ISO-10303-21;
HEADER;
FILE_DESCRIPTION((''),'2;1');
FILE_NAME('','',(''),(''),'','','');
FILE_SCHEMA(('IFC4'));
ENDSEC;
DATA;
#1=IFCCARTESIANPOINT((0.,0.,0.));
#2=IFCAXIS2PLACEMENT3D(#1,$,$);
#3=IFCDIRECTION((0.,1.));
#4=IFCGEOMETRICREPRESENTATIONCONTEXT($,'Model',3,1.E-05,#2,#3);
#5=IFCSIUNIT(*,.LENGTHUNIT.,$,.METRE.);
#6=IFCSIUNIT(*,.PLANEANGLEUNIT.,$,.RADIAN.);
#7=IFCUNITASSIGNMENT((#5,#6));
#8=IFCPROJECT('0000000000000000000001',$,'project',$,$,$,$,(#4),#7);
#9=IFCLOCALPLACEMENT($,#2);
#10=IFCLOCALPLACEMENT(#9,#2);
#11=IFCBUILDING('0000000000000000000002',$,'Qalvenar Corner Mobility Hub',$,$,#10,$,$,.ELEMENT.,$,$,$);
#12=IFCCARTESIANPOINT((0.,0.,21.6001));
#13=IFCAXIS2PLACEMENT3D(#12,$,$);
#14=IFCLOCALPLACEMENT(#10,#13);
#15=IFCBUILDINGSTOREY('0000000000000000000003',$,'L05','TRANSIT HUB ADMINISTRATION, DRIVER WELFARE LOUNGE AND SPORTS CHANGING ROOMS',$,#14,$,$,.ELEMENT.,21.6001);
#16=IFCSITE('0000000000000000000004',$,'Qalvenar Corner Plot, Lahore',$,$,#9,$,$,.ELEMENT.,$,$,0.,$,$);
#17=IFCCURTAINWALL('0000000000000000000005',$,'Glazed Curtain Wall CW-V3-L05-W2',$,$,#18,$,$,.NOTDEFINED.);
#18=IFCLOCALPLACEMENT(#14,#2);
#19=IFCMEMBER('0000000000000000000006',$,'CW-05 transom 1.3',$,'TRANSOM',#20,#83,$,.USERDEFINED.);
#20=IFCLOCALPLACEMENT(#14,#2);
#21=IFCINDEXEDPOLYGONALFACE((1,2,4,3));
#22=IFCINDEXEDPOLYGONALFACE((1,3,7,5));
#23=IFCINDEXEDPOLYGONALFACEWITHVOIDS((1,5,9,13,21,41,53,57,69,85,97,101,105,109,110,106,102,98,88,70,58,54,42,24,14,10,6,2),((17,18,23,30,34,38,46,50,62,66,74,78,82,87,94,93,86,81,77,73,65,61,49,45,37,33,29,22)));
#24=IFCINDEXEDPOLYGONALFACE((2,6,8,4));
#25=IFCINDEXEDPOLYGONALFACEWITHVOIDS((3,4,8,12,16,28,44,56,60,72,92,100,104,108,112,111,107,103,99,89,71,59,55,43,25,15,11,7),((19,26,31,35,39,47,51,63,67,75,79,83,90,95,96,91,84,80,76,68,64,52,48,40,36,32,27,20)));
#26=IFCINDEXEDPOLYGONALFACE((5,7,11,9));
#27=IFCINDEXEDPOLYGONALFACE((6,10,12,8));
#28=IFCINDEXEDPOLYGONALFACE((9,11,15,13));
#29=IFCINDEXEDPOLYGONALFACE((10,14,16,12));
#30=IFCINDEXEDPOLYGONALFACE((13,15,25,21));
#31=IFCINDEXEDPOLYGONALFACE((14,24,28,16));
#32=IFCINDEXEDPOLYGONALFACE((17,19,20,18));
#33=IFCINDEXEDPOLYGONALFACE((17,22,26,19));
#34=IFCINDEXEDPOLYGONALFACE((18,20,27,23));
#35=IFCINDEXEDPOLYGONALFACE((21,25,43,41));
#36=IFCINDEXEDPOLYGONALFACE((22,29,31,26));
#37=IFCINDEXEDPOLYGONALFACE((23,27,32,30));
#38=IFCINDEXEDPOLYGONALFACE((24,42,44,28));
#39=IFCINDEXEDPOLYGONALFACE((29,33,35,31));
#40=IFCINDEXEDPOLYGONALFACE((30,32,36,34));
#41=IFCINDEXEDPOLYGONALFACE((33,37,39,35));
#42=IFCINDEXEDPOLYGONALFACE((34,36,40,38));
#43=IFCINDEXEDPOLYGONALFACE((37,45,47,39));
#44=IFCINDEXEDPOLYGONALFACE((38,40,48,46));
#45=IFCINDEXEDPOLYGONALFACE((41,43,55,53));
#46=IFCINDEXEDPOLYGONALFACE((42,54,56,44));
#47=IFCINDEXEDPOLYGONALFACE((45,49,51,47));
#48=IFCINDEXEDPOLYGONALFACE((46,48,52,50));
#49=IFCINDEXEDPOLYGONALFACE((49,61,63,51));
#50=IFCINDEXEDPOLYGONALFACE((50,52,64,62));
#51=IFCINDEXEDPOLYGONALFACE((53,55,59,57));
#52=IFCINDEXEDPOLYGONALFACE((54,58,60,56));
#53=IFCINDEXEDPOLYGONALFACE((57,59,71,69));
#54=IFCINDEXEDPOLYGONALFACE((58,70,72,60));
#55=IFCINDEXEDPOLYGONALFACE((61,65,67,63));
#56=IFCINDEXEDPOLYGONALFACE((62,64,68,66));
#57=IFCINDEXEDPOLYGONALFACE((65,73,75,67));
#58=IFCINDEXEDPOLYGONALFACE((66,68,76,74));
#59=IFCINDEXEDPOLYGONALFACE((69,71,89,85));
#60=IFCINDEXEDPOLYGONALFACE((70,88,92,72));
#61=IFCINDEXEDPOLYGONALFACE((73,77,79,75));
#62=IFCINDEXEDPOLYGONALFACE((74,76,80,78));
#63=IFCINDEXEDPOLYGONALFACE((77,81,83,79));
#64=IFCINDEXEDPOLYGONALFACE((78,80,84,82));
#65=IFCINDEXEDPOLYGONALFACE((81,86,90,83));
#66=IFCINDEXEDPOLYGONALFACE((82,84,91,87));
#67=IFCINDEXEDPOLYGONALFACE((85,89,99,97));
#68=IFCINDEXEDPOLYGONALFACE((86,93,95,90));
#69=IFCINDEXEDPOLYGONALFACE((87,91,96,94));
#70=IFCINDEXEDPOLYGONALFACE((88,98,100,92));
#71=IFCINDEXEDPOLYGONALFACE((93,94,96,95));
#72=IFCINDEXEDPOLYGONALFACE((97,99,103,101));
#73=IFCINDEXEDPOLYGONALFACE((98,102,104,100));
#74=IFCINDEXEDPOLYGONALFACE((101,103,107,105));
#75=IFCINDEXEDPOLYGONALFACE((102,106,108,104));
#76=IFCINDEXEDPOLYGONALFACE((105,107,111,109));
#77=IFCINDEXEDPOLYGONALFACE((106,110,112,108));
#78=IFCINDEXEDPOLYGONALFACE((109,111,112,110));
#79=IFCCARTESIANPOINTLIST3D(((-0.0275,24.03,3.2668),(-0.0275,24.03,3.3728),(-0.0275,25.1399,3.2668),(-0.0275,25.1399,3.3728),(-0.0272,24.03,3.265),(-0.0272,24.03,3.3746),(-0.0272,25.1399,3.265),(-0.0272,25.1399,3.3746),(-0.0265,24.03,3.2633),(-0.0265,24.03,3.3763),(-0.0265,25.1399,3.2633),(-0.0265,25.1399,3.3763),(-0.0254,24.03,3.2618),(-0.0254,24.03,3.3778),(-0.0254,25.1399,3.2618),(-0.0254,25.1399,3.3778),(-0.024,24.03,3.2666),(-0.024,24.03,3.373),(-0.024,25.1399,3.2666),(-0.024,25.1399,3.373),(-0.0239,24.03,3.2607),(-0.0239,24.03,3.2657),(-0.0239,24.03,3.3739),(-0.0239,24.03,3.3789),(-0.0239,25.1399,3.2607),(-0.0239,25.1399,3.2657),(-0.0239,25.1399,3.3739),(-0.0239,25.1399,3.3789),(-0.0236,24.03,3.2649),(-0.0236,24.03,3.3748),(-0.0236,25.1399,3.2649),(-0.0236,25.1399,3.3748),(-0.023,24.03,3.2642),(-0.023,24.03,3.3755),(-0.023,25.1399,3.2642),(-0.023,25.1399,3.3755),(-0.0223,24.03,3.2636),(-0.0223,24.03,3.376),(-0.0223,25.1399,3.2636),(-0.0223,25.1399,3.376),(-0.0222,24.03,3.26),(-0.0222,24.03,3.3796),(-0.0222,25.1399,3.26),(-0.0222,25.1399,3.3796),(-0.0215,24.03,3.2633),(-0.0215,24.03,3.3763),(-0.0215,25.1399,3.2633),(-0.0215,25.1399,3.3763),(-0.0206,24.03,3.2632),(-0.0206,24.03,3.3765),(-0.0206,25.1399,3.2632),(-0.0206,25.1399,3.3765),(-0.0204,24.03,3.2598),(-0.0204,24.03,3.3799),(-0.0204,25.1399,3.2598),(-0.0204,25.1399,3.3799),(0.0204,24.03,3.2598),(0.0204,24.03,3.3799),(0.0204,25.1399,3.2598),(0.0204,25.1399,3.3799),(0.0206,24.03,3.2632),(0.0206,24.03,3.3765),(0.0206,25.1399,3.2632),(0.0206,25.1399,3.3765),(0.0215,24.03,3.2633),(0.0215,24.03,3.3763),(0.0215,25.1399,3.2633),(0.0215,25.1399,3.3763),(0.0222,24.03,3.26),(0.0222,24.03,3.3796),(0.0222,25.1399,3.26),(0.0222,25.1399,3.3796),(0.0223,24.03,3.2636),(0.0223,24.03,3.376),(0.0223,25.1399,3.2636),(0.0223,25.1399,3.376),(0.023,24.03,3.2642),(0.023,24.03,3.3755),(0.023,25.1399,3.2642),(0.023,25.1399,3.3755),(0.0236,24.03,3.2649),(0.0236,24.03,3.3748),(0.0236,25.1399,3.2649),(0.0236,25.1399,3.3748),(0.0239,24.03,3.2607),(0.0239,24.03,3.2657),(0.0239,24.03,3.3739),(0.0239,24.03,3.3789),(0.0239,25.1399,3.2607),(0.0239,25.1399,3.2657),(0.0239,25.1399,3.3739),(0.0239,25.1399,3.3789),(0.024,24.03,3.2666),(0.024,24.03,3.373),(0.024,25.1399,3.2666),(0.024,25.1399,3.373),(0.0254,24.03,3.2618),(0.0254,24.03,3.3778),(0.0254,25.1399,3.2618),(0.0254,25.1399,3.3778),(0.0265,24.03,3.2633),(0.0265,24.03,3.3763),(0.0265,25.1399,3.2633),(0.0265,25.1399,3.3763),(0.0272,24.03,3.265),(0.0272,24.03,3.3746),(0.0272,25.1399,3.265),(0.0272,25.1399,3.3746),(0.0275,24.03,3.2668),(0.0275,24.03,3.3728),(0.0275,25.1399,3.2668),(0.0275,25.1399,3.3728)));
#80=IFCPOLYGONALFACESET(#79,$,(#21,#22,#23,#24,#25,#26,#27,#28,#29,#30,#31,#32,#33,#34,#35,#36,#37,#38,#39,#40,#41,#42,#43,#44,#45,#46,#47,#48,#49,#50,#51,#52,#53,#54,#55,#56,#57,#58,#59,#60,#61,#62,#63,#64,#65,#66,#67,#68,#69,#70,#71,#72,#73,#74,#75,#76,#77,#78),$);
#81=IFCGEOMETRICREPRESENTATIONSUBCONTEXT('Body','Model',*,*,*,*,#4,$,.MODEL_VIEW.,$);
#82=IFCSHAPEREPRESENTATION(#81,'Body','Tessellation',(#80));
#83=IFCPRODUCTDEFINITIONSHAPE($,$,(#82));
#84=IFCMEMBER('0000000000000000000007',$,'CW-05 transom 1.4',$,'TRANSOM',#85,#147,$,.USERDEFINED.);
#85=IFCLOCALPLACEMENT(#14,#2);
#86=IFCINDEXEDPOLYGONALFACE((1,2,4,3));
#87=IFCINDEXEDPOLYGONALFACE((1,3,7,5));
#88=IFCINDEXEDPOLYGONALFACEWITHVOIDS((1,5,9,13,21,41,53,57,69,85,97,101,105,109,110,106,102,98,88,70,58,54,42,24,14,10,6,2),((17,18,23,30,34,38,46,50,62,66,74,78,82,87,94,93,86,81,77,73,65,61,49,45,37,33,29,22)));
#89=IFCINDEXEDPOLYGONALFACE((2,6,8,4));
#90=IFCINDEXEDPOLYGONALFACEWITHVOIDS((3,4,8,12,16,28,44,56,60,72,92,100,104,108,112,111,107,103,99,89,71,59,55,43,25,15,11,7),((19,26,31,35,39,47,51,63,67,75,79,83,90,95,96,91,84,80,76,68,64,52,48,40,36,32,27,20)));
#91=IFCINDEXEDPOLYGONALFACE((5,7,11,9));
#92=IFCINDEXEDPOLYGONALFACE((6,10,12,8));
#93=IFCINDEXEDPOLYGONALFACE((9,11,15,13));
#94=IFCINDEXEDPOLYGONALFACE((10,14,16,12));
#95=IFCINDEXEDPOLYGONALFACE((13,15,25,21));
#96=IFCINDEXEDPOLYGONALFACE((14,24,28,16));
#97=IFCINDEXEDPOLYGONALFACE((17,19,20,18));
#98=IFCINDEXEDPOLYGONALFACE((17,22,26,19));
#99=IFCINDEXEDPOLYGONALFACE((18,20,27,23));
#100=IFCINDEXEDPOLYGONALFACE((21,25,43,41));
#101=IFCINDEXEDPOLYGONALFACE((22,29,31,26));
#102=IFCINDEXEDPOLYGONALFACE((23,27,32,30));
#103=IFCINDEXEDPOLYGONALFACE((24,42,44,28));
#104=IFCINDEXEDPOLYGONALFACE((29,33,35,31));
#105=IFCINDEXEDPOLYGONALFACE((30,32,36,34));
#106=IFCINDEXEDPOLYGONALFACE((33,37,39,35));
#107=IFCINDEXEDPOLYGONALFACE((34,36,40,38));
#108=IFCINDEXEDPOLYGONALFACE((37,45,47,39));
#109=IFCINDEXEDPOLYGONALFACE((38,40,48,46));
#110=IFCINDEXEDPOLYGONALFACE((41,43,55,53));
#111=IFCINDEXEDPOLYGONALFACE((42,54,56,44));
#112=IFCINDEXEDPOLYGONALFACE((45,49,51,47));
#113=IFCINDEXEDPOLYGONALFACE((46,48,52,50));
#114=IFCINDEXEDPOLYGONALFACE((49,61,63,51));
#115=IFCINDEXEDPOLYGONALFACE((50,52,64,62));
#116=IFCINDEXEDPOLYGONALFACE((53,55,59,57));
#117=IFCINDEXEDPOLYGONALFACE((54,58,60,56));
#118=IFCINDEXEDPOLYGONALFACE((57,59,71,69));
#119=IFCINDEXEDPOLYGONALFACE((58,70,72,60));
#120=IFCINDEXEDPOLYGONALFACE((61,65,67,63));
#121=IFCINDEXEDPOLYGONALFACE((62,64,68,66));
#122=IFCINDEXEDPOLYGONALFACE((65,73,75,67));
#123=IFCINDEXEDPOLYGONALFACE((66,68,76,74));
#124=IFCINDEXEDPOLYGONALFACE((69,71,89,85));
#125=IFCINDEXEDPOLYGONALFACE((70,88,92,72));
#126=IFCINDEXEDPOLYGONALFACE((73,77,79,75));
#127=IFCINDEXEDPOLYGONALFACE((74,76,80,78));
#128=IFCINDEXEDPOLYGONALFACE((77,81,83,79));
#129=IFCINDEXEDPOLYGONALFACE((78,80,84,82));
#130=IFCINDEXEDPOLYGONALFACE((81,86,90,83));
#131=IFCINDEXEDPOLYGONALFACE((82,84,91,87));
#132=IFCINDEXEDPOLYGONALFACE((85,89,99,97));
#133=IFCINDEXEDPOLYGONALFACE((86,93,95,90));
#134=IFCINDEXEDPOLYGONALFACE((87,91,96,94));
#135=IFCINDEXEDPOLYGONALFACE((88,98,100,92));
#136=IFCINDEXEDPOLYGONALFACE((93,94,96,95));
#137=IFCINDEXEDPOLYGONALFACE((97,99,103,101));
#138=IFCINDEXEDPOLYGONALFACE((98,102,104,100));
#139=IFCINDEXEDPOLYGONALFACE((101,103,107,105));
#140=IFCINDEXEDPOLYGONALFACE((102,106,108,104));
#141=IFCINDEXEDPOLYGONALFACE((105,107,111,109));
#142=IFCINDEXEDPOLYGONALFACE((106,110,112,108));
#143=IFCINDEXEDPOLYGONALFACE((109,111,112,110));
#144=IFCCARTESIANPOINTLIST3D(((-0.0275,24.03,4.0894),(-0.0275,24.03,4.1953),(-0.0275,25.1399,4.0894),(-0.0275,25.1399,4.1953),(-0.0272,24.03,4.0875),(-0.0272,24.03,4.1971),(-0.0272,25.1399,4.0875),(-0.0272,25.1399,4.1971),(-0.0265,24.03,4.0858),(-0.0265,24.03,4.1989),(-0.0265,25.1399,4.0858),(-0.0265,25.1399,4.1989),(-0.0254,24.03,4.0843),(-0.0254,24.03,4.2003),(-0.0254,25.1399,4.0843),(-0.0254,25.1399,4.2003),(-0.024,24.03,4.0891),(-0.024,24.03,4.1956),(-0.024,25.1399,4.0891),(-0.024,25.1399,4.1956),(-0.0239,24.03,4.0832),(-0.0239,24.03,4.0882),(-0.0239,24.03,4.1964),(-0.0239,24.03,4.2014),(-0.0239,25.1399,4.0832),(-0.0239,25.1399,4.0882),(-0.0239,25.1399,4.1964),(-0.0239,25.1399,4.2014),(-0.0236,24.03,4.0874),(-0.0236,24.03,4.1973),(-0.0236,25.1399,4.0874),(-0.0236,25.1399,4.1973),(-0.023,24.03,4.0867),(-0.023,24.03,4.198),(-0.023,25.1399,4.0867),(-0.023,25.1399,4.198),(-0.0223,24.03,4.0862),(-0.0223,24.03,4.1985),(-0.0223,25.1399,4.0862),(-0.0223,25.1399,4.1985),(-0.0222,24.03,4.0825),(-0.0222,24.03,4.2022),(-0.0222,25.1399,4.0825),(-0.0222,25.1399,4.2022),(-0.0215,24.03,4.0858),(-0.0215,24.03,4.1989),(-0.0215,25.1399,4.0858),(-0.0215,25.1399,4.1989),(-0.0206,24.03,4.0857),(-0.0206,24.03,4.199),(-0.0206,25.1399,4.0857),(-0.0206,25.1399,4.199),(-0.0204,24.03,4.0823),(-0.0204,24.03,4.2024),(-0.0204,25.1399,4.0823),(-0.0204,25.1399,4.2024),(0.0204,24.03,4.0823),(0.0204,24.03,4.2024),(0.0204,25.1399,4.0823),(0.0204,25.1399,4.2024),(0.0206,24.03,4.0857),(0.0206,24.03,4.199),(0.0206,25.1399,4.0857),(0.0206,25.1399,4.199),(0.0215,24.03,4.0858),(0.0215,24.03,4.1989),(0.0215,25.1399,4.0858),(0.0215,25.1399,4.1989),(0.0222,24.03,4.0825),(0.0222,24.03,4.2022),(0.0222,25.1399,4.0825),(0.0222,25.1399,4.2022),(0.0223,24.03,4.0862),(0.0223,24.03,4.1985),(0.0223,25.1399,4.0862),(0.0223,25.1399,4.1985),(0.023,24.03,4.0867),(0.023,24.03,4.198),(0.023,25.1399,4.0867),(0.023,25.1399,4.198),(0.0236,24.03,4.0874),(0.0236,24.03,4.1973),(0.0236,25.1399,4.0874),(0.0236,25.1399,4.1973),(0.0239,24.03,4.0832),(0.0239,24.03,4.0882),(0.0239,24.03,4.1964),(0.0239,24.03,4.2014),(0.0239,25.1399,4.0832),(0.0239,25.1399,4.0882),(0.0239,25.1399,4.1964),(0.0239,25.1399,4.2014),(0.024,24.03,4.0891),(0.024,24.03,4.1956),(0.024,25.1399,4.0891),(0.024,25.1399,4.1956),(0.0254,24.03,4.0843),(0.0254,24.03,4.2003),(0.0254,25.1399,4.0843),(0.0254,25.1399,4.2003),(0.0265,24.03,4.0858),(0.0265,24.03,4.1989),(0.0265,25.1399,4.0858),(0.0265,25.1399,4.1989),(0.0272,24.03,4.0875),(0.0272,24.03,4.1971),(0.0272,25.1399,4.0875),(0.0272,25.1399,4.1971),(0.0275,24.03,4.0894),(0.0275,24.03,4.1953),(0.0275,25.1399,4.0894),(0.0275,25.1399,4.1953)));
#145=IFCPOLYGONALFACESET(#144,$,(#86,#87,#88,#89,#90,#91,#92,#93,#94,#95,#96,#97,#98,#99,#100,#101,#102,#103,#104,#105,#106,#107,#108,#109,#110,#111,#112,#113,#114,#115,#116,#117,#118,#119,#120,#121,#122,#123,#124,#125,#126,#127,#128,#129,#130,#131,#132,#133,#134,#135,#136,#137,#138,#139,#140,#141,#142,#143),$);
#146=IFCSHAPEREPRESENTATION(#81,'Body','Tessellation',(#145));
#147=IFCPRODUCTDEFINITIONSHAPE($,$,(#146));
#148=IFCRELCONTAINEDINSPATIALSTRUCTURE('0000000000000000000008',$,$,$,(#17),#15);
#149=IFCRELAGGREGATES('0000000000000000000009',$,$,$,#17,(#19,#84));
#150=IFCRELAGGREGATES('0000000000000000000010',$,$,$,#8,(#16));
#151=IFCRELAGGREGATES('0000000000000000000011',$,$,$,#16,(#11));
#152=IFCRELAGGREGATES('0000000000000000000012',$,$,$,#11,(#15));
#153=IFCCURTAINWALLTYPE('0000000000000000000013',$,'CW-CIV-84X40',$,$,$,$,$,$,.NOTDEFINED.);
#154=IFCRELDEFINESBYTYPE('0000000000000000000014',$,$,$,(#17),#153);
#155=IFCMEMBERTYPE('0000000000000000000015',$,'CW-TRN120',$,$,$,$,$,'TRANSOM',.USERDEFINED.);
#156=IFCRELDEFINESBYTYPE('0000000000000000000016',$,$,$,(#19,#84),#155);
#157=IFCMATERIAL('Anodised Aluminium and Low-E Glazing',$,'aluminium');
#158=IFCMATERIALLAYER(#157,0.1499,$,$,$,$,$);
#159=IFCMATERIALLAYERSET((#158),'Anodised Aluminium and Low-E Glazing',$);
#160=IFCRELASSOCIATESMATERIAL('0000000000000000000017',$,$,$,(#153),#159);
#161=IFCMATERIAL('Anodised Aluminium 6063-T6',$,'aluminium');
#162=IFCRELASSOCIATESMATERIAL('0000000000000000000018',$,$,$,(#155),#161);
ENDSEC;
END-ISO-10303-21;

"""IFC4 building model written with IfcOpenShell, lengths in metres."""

from ifc_helpers import new_model, si_unit, direction, frame, origin, origin_2d, place, context, subcontext, project, spatial, hollow_rectangle, extrude, material, layer, layer_set, material_profile, profile_set, type_object, element, aggregate, save


model = new_model("IFC4")

# Units and contexts
model_context = context("Model", 3, precision=1e-05, world=origin(), true_north=direction((0.0, 1.0)))
body_context = subcontext(model_context, "Body", "Model", "MODEL_VIEW")
ifc_project = project(units=[si_unit("LENGTHUNIT", "METRE"), si_unit("PLANEANGLEUNIT", "RADIAN")], contexts=[model_context])

# Site, building, storey
site_placement = place(None, origin())
site = spatial("IfcSite", under=ifc_project, at=site_placement, Name="Qalvenar Corner Plot, Lahore", CompositionType="ELEMENT", RefElevation=0.0)
building_placement = place(site_placement, origin())
building = spatial("IfcBuilding", under=site, at=building_placement, Name="Qalvenar Corner Mobility Hub", CompositionType="ELEMENT")
storey_placement = place(building_placement, frame((0.0, 0.0, 21.6001)))
storey = spatial("IfcBuildingStorey", under=building, at=storey_placement, Name="L05", Description="TRANSIT HUB ADMINISTRATION, DRIVER WELFARE LOUNGE AND SPORTS CHANGING ROOMS", CompositionType="ELEMENT", Elevation=21.6001)

# Curtain wall, members
ifc_material_1 = material(Name="Anodised Aluminium and Low-E Glazing", Category="aluminium")
ifc_layer_1 = layer(ifc_material_1, 0.1499)
ifc_layer_set_1 = layer_set([ifc_layer_1], Name="Anodised Aluminium and Low-E Glazing")
curtain_wall_type = type_object("IfcCurtainWallType", Name="CW-CIV-84X40", PredefinedType="NOTDEFINED", material=ifc_layer_set_1)
curtain_wall_placement = place(storey_placement, origin())
curtain_wall = element("IfcCurtainWall", 1, at=curtain_wall_placement, inside=storey, type_object=curtain_wall_type, Name="Glazed Curtain Wall CW-V3-L05-W2", PredefinedType="NOTDEFINED")
ifc_material_2 = material(Name="Anodised Aluminium 6063-T6", Category="aluminium")
ifc_material_profile_1 = material_profile(ifc_material_2, hollow_rectangle(XDim=0.0549, YDim=0.1201, WallThickness=0.0034, InnerFilletRadius=0.0034, OuterFilletRadius=0.0071, at=origin_2d()), Name="RHS120x55x3.5")
ifc_profile_set_1 = profile_set([ifc_material_profile_1], Name="Anodised Aluminium 6063-T6")
member_type_1 = type_object("IfcMemberType", Name="CW-TRN120", ElementType="TRANSOM", PredefinedType="USERDEFINED", material=ifc_profile_set_1)
member_1_placement = place(storey_placement, frame((0.0, 25.1399, 3.3198), z_axis=(0.0, -1.0, 0.0), x_axis=(1.0, 0.0, 0.0)))
member_1 = element("IfcMember", 2, at=member_1_placement, type_object=member_type_1, Name="CW-05 transom 1.3", ObjectType="TRANSOM", PredefinedType="USERDEFINED", context=body_context, shape_type="SweptSolid", body=[
    extrude(hollow_rectangle(XDim=0.0549, YDim=0.1201, WallThickness=0.0034, InnerFilletRadius=0.0034, OuterFilletRadius=0.0071, at=origin_2d()), origin(), (0.0, 0.0, 1.0), 1.1099),
])
member_2_placement = place(storey_placement, frame((0.0, 25.1399, 4.1423), z_axis=(0.0, -1.0, 0.0), x_axis=(1.0, 0.0, 0.0)))
member_2 = element("IfcMember", 3, at=member_2_placement, type_object=member_type_1, Name="CW-05 transom 1.4", ObjectType="TRANSOM", PredefinedType="USERDEFINED", context=body_context, shape_type="SweptSolid", body=[
    extrude(hollow_rectangle(XDim=0.0549, YDim=0.1201, WallThickness=0.0034, InnerFilletRadius=0.0034, OuterFilletRadius=0.0071, at=origin_2d()), origin(), (0.0, 0.0, 1.0), 1.1099),
])
aggregate(curtain_wall, [member_1, member_2])

save(model, "model.ifc")
